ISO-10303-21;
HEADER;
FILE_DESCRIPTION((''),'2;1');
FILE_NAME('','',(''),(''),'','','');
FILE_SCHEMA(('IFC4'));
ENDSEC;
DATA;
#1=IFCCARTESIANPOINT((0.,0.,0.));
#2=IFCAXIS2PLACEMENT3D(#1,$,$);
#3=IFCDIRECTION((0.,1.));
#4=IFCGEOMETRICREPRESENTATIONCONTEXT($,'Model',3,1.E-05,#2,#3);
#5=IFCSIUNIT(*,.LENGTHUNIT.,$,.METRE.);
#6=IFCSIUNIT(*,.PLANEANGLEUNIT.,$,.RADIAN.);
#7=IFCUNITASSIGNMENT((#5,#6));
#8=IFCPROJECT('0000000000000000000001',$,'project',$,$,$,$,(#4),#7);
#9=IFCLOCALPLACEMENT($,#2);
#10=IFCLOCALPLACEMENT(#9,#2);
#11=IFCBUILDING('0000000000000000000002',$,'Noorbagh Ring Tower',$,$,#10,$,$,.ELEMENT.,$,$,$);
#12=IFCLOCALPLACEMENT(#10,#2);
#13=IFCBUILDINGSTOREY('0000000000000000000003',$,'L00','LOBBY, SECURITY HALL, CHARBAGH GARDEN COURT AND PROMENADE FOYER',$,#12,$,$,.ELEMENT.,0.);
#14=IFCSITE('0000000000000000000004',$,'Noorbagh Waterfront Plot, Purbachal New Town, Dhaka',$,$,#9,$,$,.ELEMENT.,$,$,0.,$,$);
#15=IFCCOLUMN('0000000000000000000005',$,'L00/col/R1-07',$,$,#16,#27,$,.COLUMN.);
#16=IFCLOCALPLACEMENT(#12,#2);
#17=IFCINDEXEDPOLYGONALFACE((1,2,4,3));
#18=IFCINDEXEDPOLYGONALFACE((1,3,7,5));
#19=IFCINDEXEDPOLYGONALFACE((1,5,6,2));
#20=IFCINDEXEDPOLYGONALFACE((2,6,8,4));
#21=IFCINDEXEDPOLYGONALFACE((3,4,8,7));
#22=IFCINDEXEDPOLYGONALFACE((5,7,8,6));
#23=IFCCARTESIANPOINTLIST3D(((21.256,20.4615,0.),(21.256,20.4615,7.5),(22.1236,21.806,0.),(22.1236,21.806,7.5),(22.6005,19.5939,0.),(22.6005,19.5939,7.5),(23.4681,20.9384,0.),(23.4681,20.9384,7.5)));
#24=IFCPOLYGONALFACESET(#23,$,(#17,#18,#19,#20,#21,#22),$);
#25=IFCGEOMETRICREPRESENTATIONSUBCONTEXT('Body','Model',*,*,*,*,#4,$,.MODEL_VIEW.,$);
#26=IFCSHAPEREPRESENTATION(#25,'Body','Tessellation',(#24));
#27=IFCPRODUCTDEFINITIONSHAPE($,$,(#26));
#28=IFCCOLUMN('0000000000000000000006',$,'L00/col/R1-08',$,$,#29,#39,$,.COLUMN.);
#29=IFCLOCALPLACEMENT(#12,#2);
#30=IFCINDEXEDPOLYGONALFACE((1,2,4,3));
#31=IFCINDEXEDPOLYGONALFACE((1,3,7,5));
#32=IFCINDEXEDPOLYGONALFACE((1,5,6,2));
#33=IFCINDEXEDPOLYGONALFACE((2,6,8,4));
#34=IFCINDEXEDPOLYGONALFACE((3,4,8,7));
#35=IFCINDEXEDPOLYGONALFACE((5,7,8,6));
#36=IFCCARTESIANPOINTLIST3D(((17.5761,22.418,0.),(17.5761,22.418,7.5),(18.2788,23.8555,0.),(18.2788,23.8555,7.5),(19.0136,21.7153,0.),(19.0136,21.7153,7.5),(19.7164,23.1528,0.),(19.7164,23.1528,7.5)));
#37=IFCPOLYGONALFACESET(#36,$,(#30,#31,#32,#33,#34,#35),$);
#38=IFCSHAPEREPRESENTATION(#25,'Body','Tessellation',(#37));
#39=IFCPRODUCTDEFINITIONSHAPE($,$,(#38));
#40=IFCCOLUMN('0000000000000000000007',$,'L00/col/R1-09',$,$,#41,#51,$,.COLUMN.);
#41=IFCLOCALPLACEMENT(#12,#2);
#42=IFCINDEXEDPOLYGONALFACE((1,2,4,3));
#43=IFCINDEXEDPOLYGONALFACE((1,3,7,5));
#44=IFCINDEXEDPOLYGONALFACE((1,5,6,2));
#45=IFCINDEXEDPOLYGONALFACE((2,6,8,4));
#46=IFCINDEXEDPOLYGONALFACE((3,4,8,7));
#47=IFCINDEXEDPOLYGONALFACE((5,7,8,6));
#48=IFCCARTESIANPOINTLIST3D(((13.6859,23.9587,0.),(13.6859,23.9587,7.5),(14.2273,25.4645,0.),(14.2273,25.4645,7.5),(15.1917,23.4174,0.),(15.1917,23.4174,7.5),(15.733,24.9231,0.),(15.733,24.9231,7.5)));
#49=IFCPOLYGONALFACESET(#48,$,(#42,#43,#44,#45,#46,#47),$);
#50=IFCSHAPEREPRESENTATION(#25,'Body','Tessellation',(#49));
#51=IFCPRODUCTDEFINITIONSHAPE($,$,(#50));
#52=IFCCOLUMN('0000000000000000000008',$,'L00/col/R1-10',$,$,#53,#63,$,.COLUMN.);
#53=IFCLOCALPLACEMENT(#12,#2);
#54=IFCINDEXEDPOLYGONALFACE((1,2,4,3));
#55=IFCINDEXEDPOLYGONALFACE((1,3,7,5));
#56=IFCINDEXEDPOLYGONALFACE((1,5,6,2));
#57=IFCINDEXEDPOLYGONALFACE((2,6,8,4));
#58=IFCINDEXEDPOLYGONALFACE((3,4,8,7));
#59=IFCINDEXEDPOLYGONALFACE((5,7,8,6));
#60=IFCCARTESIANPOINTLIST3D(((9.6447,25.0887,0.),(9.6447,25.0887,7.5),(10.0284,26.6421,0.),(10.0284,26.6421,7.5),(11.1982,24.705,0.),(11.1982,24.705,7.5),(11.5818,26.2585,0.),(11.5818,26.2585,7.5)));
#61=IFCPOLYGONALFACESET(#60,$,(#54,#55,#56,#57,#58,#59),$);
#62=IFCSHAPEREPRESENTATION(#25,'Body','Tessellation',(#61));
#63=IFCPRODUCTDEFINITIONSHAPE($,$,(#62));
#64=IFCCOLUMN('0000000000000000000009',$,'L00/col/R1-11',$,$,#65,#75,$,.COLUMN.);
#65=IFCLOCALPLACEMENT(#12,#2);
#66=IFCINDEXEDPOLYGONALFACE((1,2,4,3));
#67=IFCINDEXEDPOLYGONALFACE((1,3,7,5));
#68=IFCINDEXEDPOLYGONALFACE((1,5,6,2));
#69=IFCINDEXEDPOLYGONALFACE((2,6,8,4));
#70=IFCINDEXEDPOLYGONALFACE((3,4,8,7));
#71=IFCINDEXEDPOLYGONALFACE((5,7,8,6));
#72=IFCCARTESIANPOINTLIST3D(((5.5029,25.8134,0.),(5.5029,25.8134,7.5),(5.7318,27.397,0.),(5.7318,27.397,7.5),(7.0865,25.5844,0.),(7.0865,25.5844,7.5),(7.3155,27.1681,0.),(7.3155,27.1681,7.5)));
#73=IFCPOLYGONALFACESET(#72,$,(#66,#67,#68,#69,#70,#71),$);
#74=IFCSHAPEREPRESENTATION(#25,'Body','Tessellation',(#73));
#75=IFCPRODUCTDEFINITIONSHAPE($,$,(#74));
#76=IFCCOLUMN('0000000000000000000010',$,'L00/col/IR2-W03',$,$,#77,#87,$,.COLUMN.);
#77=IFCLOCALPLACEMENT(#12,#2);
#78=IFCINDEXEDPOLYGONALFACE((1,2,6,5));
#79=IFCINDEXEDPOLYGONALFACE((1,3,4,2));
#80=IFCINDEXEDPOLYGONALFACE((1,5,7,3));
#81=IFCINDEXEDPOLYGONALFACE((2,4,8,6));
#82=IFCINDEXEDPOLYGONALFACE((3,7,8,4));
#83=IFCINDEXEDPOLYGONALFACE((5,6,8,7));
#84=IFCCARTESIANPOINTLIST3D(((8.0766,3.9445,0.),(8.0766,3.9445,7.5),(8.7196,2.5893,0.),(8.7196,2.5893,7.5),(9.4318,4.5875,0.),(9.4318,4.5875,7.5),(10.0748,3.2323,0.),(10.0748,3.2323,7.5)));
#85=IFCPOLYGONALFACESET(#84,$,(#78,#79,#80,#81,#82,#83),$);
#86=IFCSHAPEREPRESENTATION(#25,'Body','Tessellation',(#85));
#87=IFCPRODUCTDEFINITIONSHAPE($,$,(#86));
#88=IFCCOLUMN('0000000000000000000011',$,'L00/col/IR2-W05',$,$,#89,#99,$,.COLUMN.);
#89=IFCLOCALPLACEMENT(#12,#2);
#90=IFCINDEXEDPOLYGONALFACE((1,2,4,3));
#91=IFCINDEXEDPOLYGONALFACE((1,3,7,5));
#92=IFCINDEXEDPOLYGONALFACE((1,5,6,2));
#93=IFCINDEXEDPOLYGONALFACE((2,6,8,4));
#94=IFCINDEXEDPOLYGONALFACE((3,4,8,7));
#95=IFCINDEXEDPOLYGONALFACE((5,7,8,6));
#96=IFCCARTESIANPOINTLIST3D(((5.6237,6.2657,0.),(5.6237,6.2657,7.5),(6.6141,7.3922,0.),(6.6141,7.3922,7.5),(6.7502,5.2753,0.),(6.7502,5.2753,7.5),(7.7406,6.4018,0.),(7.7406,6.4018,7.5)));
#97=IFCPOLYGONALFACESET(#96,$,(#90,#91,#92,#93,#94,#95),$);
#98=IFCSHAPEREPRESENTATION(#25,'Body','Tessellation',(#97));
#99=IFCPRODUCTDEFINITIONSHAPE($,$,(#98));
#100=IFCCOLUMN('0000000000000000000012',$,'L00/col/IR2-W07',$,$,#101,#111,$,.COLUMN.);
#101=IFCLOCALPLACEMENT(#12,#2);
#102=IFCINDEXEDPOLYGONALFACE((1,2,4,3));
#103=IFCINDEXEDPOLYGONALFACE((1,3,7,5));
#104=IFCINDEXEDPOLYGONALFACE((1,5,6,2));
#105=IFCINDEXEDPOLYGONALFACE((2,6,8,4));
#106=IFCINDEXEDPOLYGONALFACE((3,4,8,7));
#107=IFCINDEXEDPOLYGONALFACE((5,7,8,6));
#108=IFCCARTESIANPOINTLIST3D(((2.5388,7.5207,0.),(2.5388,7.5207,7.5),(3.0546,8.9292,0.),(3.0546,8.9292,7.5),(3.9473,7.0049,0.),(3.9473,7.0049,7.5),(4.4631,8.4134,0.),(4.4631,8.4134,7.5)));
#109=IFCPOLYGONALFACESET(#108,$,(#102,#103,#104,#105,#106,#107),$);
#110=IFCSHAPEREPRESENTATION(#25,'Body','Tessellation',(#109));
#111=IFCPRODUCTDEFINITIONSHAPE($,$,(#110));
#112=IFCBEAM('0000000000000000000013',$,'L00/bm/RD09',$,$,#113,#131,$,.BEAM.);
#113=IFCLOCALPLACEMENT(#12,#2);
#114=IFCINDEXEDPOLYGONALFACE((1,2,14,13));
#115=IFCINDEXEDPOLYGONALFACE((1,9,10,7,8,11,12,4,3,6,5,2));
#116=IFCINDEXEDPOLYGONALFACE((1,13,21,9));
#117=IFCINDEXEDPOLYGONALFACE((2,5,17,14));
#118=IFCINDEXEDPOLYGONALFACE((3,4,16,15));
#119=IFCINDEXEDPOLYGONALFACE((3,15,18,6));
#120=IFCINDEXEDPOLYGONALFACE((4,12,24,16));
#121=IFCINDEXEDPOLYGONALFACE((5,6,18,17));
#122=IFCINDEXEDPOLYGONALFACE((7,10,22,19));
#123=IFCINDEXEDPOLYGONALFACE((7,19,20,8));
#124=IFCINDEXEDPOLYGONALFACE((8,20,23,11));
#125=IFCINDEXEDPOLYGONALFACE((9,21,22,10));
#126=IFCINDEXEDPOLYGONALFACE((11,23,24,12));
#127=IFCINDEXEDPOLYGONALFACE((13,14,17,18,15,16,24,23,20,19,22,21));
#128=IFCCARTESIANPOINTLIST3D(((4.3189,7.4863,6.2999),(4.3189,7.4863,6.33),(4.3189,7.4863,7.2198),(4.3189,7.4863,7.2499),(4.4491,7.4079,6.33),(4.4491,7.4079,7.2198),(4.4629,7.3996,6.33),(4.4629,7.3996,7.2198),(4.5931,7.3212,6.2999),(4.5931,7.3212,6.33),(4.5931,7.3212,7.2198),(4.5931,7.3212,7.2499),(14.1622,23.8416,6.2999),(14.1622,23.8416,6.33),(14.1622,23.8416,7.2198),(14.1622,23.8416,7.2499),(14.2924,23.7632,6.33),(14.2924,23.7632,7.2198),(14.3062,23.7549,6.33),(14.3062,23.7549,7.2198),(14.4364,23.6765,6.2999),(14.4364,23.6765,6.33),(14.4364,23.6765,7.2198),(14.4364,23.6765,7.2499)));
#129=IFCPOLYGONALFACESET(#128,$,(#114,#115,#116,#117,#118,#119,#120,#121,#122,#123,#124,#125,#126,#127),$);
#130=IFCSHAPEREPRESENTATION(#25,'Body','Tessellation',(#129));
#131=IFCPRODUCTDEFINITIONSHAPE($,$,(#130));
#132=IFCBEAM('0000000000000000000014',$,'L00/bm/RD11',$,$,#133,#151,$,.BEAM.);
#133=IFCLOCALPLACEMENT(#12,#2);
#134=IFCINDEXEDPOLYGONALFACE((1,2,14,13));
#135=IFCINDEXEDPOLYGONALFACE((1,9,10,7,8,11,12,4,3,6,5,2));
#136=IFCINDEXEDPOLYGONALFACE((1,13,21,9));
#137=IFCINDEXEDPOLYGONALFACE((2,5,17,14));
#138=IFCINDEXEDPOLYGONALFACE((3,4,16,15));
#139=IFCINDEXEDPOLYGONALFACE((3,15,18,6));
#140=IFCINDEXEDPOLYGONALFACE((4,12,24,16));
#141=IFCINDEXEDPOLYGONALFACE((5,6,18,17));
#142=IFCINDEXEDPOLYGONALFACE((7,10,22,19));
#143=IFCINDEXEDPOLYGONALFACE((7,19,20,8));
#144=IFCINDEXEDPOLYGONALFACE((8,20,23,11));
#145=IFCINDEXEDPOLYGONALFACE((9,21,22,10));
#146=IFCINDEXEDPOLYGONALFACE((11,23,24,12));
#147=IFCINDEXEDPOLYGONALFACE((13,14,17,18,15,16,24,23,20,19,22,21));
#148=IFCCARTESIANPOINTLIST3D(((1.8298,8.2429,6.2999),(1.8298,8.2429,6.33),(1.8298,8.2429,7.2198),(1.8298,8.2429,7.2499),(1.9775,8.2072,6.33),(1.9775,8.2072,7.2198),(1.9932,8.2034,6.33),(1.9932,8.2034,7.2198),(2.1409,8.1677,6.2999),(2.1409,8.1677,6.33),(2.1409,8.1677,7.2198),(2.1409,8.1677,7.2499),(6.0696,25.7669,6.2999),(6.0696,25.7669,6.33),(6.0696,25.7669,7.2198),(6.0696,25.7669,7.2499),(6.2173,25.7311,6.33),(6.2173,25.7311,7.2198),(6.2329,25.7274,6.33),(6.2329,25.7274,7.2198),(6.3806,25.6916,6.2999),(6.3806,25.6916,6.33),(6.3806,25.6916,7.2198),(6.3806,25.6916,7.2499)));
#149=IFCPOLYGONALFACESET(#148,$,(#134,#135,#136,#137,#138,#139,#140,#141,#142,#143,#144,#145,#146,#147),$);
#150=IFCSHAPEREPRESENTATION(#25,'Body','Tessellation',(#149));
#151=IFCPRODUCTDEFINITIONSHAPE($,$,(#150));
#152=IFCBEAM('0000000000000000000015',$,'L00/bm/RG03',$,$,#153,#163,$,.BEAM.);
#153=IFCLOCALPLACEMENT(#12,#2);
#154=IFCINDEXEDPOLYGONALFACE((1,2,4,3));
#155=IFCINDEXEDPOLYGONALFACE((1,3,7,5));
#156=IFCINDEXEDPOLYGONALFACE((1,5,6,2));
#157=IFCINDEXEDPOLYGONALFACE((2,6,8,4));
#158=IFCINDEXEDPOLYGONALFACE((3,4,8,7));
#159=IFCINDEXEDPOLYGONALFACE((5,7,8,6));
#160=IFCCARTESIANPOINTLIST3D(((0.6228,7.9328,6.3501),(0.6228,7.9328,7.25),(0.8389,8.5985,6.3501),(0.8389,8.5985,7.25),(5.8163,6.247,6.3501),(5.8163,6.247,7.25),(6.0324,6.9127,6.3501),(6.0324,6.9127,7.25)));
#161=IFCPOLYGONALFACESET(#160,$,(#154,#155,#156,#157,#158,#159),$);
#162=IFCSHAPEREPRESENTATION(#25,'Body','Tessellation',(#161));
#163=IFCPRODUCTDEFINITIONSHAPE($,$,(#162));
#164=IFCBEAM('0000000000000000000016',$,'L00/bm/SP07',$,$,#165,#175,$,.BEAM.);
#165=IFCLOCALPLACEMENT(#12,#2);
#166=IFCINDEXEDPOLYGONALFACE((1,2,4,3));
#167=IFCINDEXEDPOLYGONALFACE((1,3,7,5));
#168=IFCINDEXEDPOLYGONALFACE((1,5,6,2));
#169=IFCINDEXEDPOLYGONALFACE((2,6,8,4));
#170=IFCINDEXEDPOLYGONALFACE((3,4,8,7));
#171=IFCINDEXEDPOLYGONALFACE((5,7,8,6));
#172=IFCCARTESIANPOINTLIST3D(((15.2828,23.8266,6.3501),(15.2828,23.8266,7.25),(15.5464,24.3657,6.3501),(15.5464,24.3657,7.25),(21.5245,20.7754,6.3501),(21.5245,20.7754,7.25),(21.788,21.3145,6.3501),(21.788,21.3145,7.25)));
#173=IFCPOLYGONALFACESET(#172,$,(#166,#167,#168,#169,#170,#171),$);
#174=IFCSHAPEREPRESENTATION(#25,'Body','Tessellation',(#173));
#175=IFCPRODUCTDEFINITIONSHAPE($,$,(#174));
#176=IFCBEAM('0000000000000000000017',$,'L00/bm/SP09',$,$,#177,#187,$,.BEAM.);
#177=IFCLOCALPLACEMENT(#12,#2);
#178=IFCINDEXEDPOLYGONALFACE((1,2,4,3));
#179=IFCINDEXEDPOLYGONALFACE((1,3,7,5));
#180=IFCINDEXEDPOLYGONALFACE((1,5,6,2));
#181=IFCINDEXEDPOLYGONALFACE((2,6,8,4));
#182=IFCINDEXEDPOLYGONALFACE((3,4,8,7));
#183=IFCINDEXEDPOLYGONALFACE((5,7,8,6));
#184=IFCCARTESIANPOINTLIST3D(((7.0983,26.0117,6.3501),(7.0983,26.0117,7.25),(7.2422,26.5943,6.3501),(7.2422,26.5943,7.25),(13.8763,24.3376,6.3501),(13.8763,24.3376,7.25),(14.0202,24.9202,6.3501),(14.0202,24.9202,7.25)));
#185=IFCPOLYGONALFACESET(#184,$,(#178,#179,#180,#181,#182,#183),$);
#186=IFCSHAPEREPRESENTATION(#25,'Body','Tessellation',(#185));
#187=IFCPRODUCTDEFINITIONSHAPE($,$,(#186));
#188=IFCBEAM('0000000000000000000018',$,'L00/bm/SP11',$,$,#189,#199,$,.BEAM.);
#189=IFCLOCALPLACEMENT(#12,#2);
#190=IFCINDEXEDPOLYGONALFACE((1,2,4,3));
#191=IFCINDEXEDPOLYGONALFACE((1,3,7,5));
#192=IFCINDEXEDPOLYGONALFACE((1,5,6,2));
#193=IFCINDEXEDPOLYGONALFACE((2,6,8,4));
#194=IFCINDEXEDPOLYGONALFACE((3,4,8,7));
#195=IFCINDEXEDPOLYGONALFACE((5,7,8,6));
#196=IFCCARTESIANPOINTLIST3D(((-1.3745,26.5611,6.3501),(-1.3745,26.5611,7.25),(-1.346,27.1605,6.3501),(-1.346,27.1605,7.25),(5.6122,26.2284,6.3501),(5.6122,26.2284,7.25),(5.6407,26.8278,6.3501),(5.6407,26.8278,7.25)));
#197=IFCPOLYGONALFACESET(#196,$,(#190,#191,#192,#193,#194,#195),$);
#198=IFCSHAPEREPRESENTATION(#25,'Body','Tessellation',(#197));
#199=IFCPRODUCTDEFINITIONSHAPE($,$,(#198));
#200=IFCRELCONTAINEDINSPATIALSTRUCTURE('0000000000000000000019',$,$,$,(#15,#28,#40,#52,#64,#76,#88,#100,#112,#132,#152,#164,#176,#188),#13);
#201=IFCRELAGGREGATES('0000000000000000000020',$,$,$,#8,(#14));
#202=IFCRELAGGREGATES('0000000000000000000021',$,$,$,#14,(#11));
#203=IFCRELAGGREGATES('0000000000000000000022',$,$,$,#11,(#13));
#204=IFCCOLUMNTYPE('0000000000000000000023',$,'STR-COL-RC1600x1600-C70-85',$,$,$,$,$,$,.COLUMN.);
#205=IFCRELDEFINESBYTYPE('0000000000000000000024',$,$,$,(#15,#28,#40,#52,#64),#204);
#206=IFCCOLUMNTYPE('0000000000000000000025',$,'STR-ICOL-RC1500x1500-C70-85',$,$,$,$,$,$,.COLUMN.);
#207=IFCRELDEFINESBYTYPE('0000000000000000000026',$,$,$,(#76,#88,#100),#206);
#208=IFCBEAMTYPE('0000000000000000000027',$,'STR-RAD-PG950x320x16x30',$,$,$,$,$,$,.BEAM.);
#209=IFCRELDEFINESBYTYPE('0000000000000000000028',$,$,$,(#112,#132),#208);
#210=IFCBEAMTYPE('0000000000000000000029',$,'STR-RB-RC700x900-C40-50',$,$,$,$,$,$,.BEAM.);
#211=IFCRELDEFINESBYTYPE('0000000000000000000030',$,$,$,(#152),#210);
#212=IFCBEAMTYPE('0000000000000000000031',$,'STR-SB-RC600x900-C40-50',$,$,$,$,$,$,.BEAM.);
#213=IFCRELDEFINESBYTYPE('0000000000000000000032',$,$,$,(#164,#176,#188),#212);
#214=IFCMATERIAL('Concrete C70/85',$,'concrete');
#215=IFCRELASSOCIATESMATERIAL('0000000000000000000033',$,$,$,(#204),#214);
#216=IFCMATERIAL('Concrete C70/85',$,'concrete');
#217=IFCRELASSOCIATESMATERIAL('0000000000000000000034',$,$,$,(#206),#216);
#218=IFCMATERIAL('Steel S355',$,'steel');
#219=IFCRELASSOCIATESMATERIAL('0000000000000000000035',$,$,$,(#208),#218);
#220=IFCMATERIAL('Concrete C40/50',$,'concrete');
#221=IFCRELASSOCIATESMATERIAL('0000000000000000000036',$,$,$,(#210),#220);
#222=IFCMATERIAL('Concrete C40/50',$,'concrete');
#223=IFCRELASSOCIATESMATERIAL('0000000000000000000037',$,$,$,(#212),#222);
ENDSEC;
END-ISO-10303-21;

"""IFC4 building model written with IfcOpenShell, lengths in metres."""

from ifc_helpers import new_model, si_unit, direction, frame, origin, origin_2d, place, context, subcontext, project, spatial, rectangle, i_section, extrude, material, material_profile, profile_set, type_object, element, save


model = new_model("IFC4")

# Units and contexts
model_context = context("Model", 3, precision=1e-05, world=origin(), true_north=direction((0.0, 1.0)))
body_context = subcontext(model_context, "Body", "Model", "MODEL_VIEW")
ifc_project = project(units=[si_unit("LENGTHUNIT", "METRE"), si_unit("PLANEANGLEUNIT", "RADIAN")], contexts=[model_context])

# Site, building, storey
site_placement = place(None, origin())
site = spatial("IfcSite", under=ifc_project, at=site_placement, Name="Noorbagh Waterfront Plot, Purbachal New Town, Dhaka", CompositionType="ELEMENT", RefElevation=0.0)
building_placement = place(site_placement, origin())
building = spatial("IfcBuilding", under=site, at=building_placement, Name="Noorbagh Ring Tower", CompositionType="ELEMENT")
storey_placement = place(building_placement, origin())
storey = spatial("IfcBuildingStorey", under=building, at=storey_placement, Name="L00", Description="LOBBY, SECURITY HALL, CHARBAGH GARDEN COURT AND PROMENADE FOYER", CompositionType="ELEMENT", Elevation=0.0)

# Columns
ifc_material_1 = material(Name="Concrete C70/85", Category="concrete")
ifc_material_profile_1 = material_profile(ifc_material_1, rectangle(XDim=1.6001, YDim=1.6001, at=origin_2d()), Name="RC1600x1600")
ifc_profile_set_1 = profile_set([ifc_material_profile_1], Name="Concrete C70/85")
column_type_1 = type_object("IfcColumnType", Name="STR-COL-RC1600x1600-C70-85", PredefinedType="COLUMN", material=ifc_profile_set_1)
for number, where, z_axis, x_axis, name in (
    (1, (22.3621, 20.7, 0.0), (0.0, 0.0, 1.0), (-0.840248, 0.542203, 0.0), "L00/col/R1-07"),
    (2, (18.6462, 22.7854, 0.0), (0.0, 0.0, 1.0), (-0.898399, 0.43918, 0.0), "L00/col/R1-08"),
    (3, (14.7095, 24.4409, 0.0), (0.0, 0.0, 1.0), (-0.941025, 0.338338, 0.0), "L00/col/R1-09"),
    (4, (10.6133, 25.6736, 0.0), (0.0, 0.0, 1.0), (-0.970829, 0.239771, 0.0), "L00/col/R1-10"),
    (5, (6.4092, 26.4907, 0.0), (0.0, 0.0, 1.0), (-0.989713, 0.143066, 0.0), "L00/col/R1-11"),
):
    element("IfcColumn", number, at=place(storey_placement, frame(where, z_axis=z_axis, x_axis=x_axis)), inside=storey, type_object=column_type_1, Name=name, PredefinedType="COLUMN", context=body_context, shape_type="SweptSolid", body=[
        extrude(rectangle(XDim=1.6001, YDim=1.6001, at=origin_2d()), origin(), (0.0, 0.0, 1.0), 7.5),
    ])
ifc_material_2 = material(Name="Concrete C70/85", Category="concrete")
ifc_material_profile_2 = material_profile(ifc_material_2, rectangle(XDim=1.5, YDim=1.5, at=origin_2d()), Name="RC1500x1500")
ifc_profile_set_2 = profile_set([ifc_material_profile_2], Name="Concrete C70/85")
column_type_2 = type_object("IfcColumnType", Name="STR-ICOL-RC1500x1500-C70-85", PredefinedType="COLUMN", material=ifc_profile_set_2)
for number, where, z_axis, x_axis, name in (
    (6, (9.0757, 3.5884, 0.0), (0.0, 0.0, 1.0), (-0.428667, 0.903463, 0.0), "L00/col/IR2-W03"),
    (7, (6.6821, 6.3337, 0.0), (0.0, 0.0, 1.0), (-0.751022, 0.660277, 0.0), "L00/col/IR2-W05"),
    (8, (3.501, 7.967, 0.0), (0.0, 0.0, 1.0), (-0.93902, 0.343864, 0.0), "L00/col/IR2-W07"),
):
    element("IfcColumn", number, at=place(storey_placement, frame(where, z_axis=z_axis, x_axis=x_axis)), inside=storey, type_object=column_type_2, Name=name, PredefinedType="COLUMN", context=body_context, shape_type="SweptSolid", body=[
        extrude(rectangle(XDim=1.5, YDim=1.5, at=origin_2d()), origin(), (0.0, 0.0, 1.0), 7.5),
    ])

# Beams
ifc_material_3 = material(Name="Steel S355", Category="steel")
ifc_material_profile_3 = material_profile(ifc_material_3, i_section(OverallWidth=0.3201, OverallDepth=0.95, WebThickness=0.0161, FlangeThickness=0.03, at=origin_2d()), Name="PG950x320x16x30")
ifc_profile_set_3 = profile_set([ifc_material_profile_3], Name="Steel S355")
beam_type_1 = type_object("IfcBeamType", Name="STR-RAD-PG950x320x16x30", PredefinedType="BEAM", material=ifc_profile_set_3)
beam_1_placement = place(storey_placement, frame((14.2993, 23.759, 6.7749), z_axis=(-0.515656, -0.856796, 0.0), x_axis=(0.856796, -0.515656, 0.0)))
element("IfcBeam", 9, at=beam_1_placement, inside=storey, type_object=beam_type_1, Name="L00/bm/RD09", PredefinedType="BEAM", context=body_context, shape_type="SweptSolid", body=[
    extrude(i_section(OverallWidth=0.3201, OverallDepth=0.95, WebThickness=0.0161, FlangeThickness=0.03, at=origin_2d()), origin(), (0.0, 0.0, 1.0), 19.0889),
])
beam_2_placement = place(storey_placement, frame((6.2251, 25.7292, 6.7749), z_axis=(-0.235156, -0.971958, 0.0), x_axis=(0.971958, -0.235156, 0.0)))
element("IfcBeam", 10, at=beam_2_placement, inside=storey, type_object=beam_type_1, Name="L00/bm/RD11", PredefinedType="BEAM", context=body_context, shape_type="SweptSolid", body=[
    extrude(i_section(OverallWidth=0.3201, OverallDepth=0.95, WebThickness=0.0161, FlangeThickness=0.03, at=origin_2d()), origin(), (0.0, 0.0, 1.0), 18.0295),
])
ifc_material_4 = material(Name="Concrete C40/50", Category="concrete")
ifc_material_profile_4 = material_profile(ifc_material_4, rectangle(XDim=0.7, YDim=0.8999, at=origin_2d()), Name="RC700x900")
ifc_profile_set_4 = profile_set([ifc_material_profile_4], Name="Concrete C40/50")
beam_type_2 = type_object("IfcBeamType", Name="STR-RB-RC700x900-C40-50", PredefinedType="BEAM", material=ifc_profile_set_4)
beam_3_placement = place(storey_placement, frame((5.9243, 6.5798, 6.8), z_axis=(-0.951144, 0.308746, 0.0), x_axis=(-0.308746, -0.951144, 0.0)))
element("IfcBeam", 11, at=beam_3_placement, inside=storey, type_object=beam_type_2, Name="L00/bm/RG03", PredefinedType="BEAM", context=body_context, shape_type="SweptSolid", body=[
    extrude(rectangle(XDim=0.7, YDim=0.8999, at=origin_2d()), origin(), (0.0, 0.0, 1.0), 5.4602),
])
ifc_material_5 = material(Name="Concrete C40/50", Category="concrete")
ifc_material_profile_5 = material_profile(ifc_material_5, rectangle(XDim=0.6001, YDim=0.8999, at=origin_2d()), Name="RC600x900")
ifc_profile_set_5 = profile_set([ifc_material_profile_5], Name="Concrete C40/50")
beam_type_3 = type_object("IfcBeamType", Name="STR-SB-RC600x900-C40-50", PredefinedType="BEAM", material=ifc_profile_set_5)
beam_4_placement = place(storey_placement, frame((21.6562, 21.0449, 6.8), z_axis=(-0.898397, 0.439184, 0.0), x_axis=(-0.439184, -0.898397, 0.0)))
element("IfcBeam", 12, at=beam_4_placement, inside=storey, type_object=beam_type_3, Name="L00/bm/SP07", PredefinedType="BEAM", context=body_context, shape_type="SweptSolid", body=[
    extrude(rectangle(XDim=0.6001, YDim=0.8999, at=origin_2d()), origin(), (0.0, 0.0, 1.0), 6.9475),
])
beam_5_placement = place(storey_placement, frame((13.9482, 24.6289, 6.8), z_axis=(-0.970828, 0.239778, 0.0), x_axis=(-0.239778, -0.970828, 0.0)))
element("IfcBeam", 13, at=beam_5_placement, inside=storey, type_object=beam_type_3, Name="L00/bm/SP09", PredefinedType="BEAM", context=body_context, shape_type="SweptSolid", body=[
    extrude(rectangle(XDim=0.6001, YDim=0.8999, at=origin_2d()), origin(), (0.0, 0.0, 1.0), 6.9817),
])
beam_6_placement = place(storey_placement, frame((5.6265, 26.5281, 6.8), z_axis=(-0.998868, 0.047573, 0.0), x_axis=(-0.047573, -0.998868, 0.0)))
element("IfcBeam", 14, at=beam_6_placement, inside=storey, type_object=beam_type_3, Name="L00/bm/SP11", PredefinedType="BEAM", context=body_context, shape_type="SweptSolid", body=[
    extrude(rectangle(XDim=0.6001, YDim=0.8999, at=origin_2d()), origin(), (0.0, 0.0, 1.0), 6.9946),
])

save(model, "model.ifc")
